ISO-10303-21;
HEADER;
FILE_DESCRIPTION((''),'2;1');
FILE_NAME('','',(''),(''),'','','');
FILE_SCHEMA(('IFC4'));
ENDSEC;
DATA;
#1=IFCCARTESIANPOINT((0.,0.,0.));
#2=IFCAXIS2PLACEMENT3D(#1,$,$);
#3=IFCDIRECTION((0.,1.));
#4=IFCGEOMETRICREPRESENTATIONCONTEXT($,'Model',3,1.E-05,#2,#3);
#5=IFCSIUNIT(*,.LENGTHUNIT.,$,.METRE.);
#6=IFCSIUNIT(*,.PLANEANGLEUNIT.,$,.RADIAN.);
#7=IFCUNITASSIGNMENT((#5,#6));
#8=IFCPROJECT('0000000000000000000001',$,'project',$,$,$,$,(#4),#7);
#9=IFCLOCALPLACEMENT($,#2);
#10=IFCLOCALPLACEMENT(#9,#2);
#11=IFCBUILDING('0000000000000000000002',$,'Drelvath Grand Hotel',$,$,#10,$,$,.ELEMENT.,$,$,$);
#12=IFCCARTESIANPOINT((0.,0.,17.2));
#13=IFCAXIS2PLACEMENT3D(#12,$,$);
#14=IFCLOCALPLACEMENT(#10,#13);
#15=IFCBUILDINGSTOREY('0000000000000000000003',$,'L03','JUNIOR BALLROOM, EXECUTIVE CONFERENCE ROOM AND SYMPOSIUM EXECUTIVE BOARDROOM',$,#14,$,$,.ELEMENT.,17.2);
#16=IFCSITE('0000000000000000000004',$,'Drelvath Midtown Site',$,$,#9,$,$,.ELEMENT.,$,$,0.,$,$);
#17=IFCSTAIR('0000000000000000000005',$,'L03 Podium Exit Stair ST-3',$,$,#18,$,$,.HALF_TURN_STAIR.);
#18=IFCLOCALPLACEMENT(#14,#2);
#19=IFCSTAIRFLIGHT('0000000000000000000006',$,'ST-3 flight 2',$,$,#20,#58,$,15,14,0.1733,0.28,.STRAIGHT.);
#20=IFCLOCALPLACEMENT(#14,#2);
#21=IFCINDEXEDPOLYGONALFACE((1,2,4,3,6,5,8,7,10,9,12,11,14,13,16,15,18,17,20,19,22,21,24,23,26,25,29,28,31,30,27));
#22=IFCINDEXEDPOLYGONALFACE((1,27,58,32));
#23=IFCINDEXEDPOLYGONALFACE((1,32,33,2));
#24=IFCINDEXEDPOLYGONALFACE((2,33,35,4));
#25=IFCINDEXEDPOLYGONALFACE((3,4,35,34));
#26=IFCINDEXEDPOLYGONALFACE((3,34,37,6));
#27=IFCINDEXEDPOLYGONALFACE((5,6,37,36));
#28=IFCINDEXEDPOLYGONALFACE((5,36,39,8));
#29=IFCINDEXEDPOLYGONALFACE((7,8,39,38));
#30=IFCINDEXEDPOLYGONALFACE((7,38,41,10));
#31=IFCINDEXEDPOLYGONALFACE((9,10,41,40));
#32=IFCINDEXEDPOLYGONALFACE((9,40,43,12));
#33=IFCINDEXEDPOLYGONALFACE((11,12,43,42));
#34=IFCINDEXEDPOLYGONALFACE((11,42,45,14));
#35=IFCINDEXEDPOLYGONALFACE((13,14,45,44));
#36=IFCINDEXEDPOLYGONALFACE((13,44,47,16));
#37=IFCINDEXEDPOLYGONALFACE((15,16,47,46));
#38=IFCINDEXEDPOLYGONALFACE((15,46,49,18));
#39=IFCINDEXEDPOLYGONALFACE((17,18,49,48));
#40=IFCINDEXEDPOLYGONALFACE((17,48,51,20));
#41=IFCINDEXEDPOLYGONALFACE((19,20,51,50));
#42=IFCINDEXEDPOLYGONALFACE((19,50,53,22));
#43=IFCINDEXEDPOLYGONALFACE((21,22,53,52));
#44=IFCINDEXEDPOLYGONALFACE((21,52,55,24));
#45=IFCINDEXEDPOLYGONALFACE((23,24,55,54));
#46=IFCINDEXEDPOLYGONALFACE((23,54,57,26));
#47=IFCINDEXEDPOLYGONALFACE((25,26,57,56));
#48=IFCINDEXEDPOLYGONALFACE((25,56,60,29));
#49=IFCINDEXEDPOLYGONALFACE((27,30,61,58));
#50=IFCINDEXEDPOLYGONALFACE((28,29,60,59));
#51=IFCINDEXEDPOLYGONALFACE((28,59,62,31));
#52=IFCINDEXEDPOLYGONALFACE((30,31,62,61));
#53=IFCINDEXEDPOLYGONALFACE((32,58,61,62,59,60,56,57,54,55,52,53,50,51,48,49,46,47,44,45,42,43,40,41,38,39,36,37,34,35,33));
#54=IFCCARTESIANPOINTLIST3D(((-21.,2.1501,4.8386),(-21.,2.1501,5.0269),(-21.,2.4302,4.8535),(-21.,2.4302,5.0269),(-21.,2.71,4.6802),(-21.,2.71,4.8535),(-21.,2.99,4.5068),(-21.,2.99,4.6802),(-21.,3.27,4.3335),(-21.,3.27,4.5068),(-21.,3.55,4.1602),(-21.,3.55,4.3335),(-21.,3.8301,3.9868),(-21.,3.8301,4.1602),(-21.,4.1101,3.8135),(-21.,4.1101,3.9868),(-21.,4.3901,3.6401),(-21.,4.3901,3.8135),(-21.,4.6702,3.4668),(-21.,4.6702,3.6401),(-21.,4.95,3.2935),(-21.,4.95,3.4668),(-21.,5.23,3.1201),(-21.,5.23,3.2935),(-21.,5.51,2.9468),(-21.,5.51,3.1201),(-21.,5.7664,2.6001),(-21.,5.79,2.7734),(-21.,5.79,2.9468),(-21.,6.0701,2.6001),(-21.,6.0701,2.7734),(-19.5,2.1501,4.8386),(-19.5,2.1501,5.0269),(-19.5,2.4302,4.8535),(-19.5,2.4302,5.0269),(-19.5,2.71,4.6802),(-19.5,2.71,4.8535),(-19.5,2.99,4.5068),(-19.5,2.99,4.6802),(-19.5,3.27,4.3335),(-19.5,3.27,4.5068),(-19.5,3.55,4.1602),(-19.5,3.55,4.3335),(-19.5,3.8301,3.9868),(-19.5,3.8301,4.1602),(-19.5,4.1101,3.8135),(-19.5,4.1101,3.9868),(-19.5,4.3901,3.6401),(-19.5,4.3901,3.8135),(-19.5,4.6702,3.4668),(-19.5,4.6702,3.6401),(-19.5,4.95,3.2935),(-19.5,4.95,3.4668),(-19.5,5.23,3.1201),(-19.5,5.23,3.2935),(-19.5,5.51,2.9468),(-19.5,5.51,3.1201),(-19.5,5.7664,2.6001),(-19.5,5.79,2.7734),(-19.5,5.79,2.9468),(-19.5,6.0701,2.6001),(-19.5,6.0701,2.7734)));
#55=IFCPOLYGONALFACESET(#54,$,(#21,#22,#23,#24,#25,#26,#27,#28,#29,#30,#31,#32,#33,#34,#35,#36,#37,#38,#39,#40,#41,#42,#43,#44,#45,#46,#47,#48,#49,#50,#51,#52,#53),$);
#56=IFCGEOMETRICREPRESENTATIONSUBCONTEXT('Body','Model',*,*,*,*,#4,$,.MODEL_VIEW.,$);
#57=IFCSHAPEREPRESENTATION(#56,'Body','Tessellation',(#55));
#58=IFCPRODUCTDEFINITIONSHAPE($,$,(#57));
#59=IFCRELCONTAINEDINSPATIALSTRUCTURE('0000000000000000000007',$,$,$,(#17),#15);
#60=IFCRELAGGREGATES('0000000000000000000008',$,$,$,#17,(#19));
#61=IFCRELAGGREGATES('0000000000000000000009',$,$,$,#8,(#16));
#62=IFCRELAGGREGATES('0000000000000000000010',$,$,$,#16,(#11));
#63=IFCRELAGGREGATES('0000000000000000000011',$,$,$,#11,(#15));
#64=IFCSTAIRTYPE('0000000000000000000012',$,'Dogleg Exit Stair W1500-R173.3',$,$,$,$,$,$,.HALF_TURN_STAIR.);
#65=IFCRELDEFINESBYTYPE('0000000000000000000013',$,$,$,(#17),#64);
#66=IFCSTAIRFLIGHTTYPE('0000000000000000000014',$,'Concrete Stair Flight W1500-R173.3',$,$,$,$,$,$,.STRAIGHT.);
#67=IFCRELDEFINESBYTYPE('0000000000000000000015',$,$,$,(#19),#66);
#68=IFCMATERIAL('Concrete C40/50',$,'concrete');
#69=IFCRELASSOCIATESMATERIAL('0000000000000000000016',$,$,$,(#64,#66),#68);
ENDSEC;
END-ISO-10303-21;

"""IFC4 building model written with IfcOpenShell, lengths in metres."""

from ifc_helpers import new_model, si_unit, direction, frame, origin, place, context, subcontext, project, spatial, polyline, outline, extrude, material, type_object, element, aggregate, save


model = new_model("IFC4")

# Units and contexts
model_context = context("Model", 3, precision=1e-05, world=origin(), true_north=direction((0.0, 1.0)))
body_context = subcontext(model_context, "Body", "Model", "MODEL_VIEW")
ifc_project = project(units=[si_unit("LENGTHUNIT", "METRE"), si_unit("PLANEANGLEUNIT", "RADIAN")], contexts=[model_context])

# Site, building, storey
site_placement = place(None, origin())
site = spatial("IfcSite", under=ifc_project, at=site_placement, Name="Drelvath Midtown Site", CompositionType="ELEMENT", RefElevation=0.0)
building_placement = place(site_placement, origin())
building = spatial("IfcBuilding", under=site, at=building_placement, Name="Drelvath Grand Hotel", CompositionType="ELEMENT")
storey_placement = place(building_placement, frame((0.0, 0.0, 17.2)))
storey = spatial("IfcBuildingStorey", under=building, at=storey_placement, Name="L03", Description="JUNIOR BALLROOM, EXECUTIVE CONFERENCE ROOM AND SYMPOSIUM EXECUTIVE BOARDROOM", CompositionType="ELEMENT", Elevation=17.2)

# Shared definitions
ifc_material_1 = material(Name="Concrete C40/50", Category="concrete")

# Stair, stair flight
stair_type = type_object("IfcStairType", Name="Dogleg Exit Stair W1500-R173.3", PredefinedType="HALF_TURN_STAIR", material=ifc_material_1)
stair_placement = place(storey_placement, origin())
stair = element("IfcStair", 1, at=stair_placement, inside=storey, type_object=stair_type, Name="L03 Podium Exit Stair ST-3", PredefinedType="HALF_TURN_STAIR")
stair_flight_type = type_object("IfcStairFlightType", Name="Concrete Stair Flight W1500-R173.3", PredefinedType="STRAIGHT", material=ifc_material_1)
stair_flight_placement = place(storey_placement, frame((-20.25, 6.0701, 2.6001), z_axis=(0.0, 0.0, 1.0), x_axis=(0.0, -1.0, 0.0)))
stair_flight = element("IfcStairFlight", 2, at=stair_flight_placement, type_object=stair_flight_type, Name="ST-3 flight 2", NumberOfRisers=15, NumberOfTreads=14, PredefinedType="STRAIGHT", RiserHeight=0.1733, TreadLength=0.28, context=body_context, shape_type="SweptSolid", body=[
    extrude(outline(polyline([(0.0, 0.0), (0.0, 0.1733), (0.28, 0.1733), (0.28, 0.3467), (0.5601, 0.3467), (0.5601, 0.52), (0.8401, 0.52), (0.8401, 0.6934), (1.1201, 0.6934), (1.1201, 0.8667), (1.3999, 0.8667), (1.3999, 1.04), (1.6799, 1.04), (1.6799, 1.2134), (1.96, 1.2134), (1.96, 1.3867), (2.24, 1.3867), (2.24, 1.5601), (2.52, 1.5601), (2.52, 1.7334), (2.8, 1.7334), (2.8, 1.9067), (3.0801, 1.9067), (3.0801, 2.0801), (3.3601, 2.0801), (3.3601, 2.2534), (3.6399, 2.2534), (3.6399, 2.4268), (3.9199, 2.4268), (3.9199, 2.6001), (3.9199, 2.2385), (0.3037, 0.0), (0.0, 0.0)])), frame((0.0, 0.75, 0.0), z_axis=(0.0, -1.0, 0.0), x_axis=(1.0, 0.0, 0.0)), (0.0, 0.0, 1.0), 1.5),
])
aggregate(stair, [stair_flight])

save(model, "model.ifc")
